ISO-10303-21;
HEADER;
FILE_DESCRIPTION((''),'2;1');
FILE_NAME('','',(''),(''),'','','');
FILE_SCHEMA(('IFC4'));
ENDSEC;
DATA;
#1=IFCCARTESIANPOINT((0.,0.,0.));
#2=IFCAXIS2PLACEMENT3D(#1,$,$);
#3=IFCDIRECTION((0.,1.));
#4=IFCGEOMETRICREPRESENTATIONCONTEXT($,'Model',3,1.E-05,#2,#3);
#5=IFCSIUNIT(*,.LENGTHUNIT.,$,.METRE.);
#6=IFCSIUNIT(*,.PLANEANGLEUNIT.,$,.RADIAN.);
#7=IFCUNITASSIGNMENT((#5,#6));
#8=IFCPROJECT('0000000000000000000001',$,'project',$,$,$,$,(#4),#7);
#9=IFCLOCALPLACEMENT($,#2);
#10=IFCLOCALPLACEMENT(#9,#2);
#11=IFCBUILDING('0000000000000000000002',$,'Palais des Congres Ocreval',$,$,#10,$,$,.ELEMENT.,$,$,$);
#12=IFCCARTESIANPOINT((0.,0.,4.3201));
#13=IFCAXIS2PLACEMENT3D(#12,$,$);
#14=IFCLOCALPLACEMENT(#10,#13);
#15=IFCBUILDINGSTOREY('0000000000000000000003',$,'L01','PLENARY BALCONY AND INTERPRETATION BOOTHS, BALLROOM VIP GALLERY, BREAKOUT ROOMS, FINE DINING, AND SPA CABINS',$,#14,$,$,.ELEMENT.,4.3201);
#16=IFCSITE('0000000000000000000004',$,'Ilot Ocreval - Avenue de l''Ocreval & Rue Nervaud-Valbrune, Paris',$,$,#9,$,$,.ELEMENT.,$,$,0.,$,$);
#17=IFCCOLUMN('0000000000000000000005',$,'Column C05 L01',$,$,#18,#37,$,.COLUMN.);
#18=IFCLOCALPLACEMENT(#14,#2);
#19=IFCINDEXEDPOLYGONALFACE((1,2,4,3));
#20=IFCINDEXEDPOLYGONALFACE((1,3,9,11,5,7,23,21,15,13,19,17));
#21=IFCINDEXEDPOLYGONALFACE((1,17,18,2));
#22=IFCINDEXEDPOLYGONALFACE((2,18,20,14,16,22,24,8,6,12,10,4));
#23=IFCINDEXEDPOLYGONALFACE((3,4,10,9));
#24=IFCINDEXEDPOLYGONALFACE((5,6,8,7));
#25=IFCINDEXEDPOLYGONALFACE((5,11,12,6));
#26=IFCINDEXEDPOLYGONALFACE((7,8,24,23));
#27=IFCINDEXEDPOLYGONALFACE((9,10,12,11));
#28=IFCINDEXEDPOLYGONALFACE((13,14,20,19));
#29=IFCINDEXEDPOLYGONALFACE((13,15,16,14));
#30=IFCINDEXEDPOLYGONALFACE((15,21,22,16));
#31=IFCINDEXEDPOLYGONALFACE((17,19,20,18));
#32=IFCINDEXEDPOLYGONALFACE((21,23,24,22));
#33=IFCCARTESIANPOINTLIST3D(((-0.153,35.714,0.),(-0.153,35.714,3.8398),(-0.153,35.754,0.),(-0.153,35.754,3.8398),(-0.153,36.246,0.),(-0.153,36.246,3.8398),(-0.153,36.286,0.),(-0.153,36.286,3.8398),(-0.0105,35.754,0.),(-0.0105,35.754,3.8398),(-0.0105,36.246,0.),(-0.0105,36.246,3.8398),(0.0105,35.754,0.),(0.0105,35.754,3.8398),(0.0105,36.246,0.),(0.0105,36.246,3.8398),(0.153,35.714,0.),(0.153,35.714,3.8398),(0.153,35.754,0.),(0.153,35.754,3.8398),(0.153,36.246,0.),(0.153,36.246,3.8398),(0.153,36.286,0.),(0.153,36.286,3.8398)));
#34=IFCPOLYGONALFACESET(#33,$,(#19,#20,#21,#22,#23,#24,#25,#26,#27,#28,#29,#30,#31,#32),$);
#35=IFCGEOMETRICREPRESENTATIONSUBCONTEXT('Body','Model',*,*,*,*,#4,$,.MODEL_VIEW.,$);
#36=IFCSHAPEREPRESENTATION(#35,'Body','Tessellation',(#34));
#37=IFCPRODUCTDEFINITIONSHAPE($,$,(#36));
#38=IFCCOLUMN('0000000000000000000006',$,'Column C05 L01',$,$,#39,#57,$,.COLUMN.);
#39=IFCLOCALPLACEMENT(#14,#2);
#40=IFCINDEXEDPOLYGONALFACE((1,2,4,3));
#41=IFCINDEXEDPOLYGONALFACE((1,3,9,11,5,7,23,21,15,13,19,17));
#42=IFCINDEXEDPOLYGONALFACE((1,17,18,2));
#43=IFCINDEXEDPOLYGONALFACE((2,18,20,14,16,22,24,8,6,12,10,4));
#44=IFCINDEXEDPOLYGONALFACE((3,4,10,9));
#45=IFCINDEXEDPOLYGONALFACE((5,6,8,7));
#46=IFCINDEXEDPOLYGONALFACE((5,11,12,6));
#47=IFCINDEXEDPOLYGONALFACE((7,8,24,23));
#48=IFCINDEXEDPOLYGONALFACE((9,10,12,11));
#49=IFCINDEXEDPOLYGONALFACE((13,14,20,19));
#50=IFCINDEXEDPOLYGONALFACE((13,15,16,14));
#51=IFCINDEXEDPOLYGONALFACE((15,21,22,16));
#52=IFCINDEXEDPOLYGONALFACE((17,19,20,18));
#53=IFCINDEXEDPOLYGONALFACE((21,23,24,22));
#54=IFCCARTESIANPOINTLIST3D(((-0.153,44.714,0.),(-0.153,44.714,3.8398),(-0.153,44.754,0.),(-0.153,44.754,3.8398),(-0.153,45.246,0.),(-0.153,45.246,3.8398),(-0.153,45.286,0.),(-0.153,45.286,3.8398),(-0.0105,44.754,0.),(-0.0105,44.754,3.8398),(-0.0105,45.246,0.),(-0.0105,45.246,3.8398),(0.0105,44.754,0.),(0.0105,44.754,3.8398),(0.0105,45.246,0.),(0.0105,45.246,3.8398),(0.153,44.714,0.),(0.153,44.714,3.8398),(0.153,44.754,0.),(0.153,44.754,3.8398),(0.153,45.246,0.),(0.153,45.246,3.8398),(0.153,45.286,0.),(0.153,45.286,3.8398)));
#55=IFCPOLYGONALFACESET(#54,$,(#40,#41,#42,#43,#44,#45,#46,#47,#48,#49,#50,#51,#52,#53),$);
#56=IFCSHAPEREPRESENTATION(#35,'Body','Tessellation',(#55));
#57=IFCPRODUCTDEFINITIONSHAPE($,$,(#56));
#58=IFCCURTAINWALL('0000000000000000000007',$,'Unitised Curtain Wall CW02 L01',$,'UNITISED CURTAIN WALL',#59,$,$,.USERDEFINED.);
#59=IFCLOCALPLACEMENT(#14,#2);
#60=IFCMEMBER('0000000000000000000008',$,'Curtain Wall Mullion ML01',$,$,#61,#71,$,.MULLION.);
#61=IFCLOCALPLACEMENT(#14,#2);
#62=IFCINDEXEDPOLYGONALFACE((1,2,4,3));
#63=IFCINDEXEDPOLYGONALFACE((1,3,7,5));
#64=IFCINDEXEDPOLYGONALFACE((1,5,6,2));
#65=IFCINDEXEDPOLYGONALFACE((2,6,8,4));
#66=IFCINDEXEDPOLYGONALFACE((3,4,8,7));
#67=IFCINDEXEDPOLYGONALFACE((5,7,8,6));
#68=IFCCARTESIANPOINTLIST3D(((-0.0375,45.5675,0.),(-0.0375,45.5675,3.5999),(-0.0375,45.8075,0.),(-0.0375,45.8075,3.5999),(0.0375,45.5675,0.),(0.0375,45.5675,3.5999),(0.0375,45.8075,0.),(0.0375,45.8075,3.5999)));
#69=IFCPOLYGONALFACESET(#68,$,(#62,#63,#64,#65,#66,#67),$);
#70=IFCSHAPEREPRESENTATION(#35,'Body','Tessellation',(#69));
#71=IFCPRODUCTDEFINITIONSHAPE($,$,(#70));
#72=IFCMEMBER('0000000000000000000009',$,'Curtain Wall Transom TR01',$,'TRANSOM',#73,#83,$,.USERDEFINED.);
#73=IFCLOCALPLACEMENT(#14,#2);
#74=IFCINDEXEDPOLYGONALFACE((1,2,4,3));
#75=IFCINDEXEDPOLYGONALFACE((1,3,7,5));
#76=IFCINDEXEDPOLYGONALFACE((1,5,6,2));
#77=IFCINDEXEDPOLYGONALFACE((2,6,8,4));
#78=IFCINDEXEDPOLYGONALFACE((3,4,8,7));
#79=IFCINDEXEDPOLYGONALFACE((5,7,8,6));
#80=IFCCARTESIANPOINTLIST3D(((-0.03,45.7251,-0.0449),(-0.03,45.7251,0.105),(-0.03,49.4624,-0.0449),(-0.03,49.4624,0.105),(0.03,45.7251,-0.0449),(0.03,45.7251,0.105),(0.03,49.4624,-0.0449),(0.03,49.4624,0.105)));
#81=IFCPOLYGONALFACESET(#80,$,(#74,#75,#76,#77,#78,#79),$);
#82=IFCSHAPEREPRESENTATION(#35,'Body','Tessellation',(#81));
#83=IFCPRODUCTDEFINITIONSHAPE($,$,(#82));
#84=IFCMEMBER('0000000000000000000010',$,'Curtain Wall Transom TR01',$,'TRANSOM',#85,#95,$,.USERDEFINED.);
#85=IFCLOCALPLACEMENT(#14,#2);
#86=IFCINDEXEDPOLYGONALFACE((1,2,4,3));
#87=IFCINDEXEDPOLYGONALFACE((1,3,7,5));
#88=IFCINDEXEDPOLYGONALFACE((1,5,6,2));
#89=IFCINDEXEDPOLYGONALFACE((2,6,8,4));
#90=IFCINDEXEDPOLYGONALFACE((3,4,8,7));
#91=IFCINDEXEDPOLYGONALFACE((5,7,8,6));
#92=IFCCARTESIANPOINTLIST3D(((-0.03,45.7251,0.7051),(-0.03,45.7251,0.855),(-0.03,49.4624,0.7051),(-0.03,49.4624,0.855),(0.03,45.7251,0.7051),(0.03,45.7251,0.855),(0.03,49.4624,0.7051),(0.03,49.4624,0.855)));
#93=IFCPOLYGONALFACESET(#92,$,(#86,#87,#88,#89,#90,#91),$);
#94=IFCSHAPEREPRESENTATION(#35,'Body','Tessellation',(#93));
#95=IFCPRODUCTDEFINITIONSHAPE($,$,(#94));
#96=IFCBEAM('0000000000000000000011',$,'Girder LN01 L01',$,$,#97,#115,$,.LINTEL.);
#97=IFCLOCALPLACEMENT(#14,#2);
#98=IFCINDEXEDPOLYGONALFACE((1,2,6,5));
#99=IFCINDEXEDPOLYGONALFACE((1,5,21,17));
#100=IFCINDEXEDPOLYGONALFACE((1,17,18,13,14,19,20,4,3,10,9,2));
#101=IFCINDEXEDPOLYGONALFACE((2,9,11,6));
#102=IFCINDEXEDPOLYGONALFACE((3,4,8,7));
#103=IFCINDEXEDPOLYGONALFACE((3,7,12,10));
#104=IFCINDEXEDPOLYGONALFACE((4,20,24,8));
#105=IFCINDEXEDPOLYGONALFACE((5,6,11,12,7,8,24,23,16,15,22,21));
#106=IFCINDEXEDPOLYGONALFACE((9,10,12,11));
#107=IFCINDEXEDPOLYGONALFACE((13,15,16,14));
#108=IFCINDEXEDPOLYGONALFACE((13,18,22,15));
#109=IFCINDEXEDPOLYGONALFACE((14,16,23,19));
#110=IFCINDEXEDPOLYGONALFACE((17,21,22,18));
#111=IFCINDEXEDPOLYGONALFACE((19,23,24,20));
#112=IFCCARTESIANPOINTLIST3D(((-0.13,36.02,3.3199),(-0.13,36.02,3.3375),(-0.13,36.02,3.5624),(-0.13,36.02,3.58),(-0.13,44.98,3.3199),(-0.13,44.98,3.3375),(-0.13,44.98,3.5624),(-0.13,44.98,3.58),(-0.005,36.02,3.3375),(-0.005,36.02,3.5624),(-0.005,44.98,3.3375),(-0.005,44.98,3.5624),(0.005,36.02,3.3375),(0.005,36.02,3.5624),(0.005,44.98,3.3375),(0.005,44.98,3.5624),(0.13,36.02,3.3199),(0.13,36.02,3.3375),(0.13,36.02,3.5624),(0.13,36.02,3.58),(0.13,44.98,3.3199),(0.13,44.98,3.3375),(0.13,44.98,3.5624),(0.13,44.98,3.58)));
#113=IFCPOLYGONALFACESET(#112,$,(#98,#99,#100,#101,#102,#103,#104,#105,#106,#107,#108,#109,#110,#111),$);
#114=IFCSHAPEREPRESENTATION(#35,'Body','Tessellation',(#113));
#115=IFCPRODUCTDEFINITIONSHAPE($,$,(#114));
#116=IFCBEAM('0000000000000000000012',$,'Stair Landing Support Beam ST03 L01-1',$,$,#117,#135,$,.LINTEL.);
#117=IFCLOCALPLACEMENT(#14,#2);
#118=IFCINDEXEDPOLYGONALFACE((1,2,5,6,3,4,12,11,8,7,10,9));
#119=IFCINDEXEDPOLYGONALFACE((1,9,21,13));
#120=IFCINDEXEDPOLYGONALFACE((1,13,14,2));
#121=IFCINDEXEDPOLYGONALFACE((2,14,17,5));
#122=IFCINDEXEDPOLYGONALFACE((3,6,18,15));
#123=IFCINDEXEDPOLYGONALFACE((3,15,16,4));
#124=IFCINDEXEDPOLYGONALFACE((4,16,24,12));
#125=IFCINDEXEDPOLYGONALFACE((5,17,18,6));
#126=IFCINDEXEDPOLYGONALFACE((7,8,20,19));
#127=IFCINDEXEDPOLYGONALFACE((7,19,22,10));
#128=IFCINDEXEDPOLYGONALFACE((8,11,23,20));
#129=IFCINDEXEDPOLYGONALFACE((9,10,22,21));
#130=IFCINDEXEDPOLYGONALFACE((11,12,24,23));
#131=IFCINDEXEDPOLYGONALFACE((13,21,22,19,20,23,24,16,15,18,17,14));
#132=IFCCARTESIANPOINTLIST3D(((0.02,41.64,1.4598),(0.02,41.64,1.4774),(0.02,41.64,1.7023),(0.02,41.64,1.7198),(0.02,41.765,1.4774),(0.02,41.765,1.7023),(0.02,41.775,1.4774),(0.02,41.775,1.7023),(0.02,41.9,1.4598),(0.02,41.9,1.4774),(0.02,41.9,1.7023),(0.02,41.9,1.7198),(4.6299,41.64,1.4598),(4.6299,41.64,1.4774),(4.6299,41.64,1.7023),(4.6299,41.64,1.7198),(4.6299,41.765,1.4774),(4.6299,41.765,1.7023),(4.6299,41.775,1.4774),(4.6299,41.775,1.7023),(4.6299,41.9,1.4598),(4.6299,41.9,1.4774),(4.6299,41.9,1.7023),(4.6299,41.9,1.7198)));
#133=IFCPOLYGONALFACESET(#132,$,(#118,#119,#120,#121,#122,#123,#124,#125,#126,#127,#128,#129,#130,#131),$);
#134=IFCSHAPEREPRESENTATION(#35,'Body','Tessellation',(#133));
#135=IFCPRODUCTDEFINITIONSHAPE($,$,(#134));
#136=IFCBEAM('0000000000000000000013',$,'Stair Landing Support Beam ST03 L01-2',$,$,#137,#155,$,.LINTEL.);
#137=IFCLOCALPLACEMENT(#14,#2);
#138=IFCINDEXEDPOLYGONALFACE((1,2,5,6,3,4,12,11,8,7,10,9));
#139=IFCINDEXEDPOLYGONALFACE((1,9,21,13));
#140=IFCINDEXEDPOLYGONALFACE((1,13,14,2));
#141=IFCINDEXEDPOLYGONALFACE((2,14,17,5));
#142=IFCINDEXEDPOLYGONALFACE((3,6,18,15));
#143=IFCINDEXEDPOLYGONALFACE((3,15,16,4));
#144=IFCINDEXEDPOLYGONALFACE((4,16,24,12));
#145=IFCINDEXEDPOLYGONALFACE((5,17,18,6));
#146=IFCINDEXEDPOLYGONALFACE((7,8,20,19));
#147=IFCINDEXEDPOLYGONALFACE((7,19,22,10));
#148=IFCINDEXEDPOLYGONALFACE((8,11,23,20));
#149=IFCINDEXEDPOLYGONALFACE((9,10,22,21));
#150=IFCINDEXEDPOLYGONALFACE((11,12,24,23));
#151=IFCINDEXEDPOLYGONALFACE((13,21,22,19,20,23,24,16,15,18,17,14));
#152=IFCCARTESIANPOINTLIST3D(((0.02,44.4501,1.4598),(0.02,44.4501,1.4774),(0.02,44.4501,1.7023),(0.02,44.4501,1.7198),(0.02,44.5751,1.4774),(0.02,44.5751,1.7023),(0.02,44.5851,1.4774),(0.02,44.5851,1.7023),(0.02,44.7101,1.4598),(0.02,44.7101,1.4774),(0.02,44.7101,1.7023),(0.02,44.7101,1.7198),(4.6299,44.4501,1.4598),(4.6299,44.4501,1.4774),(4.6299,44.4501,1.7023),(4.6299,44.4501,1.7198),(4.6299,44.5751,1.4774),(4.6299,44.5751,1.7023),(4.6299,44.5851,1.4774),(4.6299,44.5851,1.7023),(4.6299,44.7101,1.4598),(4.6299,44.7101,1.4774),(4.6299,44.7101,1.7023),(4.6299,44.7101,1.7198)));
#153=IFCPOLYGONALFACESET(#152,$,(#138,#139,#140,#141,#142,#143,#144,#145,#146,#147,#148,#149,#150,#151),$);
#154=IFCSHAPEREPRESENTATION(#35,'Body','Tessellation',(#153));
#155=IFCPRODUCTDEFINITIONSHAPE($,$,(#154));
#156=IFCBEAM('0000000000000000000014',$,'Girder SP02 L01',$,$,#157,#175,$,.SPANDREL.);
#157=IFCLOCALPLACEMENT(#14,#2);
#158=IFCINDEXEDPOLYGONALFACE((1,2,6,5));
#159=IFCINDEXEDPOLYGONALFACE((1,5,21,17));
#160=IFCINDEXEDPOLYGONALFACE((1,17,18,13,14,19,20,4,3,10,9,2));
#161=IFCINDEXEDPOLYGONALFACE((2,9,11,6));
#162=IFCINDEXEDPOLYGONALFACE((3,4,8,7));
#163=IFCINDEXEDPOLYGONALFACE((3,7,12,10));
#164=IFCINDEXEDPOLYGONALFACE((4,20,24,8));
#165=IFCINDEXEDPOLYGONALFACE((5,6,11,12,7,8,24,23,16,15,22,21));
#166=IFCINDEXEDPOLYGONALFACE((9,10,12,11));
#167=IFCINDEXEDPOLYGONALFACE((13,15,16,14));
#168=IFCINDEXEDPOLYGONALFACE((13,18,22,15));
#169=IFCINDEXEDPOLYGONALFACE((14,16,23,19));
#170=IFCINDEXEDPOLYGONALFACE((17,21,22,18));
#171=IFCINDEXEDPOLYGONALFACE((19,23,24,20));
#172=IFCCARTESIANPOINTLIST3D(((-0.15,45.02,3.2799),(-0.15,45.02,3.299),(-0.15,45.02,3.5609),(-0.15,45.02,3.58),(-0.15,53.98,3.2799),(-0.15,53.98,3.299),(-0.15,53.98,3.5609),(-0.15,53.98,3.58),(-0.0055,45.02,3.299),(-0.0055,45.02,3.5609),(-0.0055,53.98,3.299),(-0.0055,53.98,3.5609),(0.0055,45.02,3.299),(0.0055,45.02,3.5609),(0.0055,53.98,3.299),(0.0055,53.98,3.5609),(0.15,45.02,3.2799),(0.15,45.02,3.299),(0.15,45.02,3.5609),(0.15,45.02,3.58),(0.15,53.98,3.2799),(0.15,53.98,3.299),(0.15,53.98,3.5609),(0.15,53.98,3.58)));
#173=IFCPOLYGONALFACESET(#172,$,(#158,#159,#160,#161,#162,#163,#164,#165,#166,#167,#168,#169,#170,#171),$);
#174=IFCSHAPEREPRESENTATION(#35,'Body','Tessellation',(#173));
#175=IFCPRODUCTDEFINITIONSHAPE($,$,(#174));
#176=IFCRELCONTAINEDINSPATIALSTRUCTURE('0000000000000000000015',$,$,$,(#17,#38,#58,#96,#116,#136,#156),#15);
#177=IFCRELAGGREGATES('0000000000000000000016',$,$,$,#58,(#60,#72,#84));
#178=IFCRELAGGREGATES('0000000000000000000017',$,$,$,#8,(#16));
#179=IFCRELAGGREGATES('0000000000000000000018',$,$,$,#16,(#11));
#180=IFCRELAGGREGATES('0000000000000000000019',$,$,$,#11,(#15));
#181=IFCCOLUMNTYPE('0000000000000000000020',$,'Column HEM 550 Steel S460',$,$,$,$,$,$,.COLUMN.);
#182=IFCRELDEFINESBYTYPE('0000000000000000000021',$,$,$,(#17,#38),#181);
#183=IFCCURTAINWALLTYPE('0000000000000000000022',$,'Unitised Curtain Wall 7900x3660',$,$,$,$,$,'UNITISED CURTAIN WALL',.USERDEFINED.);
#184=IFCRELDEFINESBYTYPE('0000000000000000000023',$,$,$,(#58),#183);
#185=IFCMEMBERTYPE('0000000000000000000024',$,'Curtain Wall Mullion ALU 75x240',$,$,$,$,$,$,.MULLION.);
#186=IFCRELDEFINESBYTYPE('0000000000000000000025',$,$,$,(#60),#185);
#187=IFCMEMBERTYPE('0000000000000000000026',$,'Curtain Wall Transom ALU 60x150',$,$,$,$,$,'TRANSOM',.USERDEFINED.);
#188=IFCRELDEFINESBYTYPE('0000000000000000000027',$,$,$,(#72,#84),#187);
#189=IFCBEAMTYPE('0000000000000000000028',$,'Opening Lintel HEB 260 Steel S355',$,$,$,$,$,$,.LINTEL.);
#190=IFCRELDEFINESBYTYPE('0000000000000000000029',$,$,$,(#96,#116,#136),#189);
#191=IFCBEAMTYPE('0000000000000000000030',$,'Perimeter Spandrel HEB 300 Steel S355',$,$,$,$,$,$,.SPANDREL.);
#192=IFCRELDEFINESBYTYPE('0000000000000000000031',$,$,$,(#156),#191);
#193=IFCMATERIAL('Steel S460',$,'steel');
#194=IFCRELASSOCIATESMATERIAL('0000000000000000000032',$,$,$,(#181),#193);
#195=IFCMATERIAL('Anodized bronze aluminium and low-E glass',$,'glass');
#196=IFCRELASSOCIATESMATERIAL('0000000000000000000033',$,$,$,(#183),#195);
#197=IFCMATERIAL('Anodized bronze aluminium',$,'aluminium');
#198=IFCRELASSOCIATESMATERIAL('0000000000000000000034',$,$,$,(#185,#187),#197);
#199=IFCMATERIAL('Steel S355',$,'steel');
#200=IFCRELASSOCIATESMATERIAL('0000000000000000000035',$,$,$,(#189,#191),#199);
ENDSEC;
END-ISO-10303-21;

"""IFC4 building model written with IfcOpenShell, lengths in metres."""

from ifc_helpers import new_model, si_unit, direction, frame, origin, origin_2d, place, context, subcontext, project, spatial, rectangle, i_section, extrude, material, material_profile, profile_set, type_object, element, aggregate, save


model = new_model("IFC4")

# Units and contexts
model_context = context("Model", 3, precision=1e-05, world=origin(), true_north=direction((0.0, 1.0)))
body_context = subcontext(model_context, "Body", "Model", "MODEL_VIEW")
ifc_project = project(units=[si_unit("LENGTHUNIT", "METRE"), si_unit("PLANEANGLEUNIT", "RADIAN")], contexts=[model_context])

# Site, building, storey
site_placement = place(None, origin())
site = spatial("IfcSite", under=ifc_project, at=site_placement, Name="Ilot Ocreval - Avenue de l'Ocreval & Rue Nervaud-Valbrune, Paris", CompositionType="ELEMENT", RefElevation=0.0)
building_placement = place(site_placement, origin())
building = spatial("IfcBuilding", under=site, at=building_placement, Name="Palais des Congres Ocreval", CompositionType="ELEMENT")
storey_placement = place(building_placement, frame((0.0, 0.0, 4.3201)))
storey = spatial("IfcBuildingStorey", under=building, at=storey_placement, Name="L01", Description="PLENARY BALCONY AND INTERPRETATION BOOTHS, BALLROOM VIP GALLERY, BREAKOUT ROOMS, FINE DINING, AND SPA CABINS", CompositionType="ELEMENT", Elevation=4.3201)

# Columns
ifc_material_1 = material(Name="Steel S460", Category="steel")
ifc_material_profile_1 = material_profile(ifc_material_1, i_section(OverallWidth=0.3059, OverallDepth=0.572, WebThickness=0.021, FlangeThickness=0.04, at=origin_2d()), Name="HEM 550")
ifc_profile_set_1 = profile_set([ifc_material_profile_1], Name="Steel S460")
column_type = type_object("IfcColumnType", Name="Column HEM 550 Steel S460", PredefinedType="COLUMN", material=ifc_profile_set_1)
for number, where, z_axis, x_axis, name in (
    (1, (0.0, 36.0, 0.0), (0.0, 0.0, 1.0), (1.0, 0.0, 0.0), "Column C05 L01"),
    (2, (0.0, 45.0, 0.0), (0.0, 0.0, 1.0), (1.0, 0.0, 0.0), "Column C05 L01"),
):
    element("IfcColumn", number, at=place(storey_placement, frame(where, z_axis=z_axis, x_axis=x_axis)), inside=storey, type_object=column_type, Name=name, PredefinedType="COLUMN", context=body_context, shape_type="SweptSolid", body=[
        extrude(i_section(OverallWidth=0.3059, OverallDepth=0.572, WebThickness=0.021, FlangeThickness=0.04, at=origin_2d()), origin(), (0.0, 0.0, 1.0), 3.8398),
    ])

# Curtain wall, members
ifc_material_2 = material(Name="Anodized bronze aluminium and low-E glass", Category="glass")
curtain_wall_type = type_object("IfcCurtainWallType", Name="Unitised Curtain Wall 7900x3660", ElementType="UNITISED CURTAIN WALL", PredefinedType="USERDEFINED", material=ifc_material_2)
curtain_wall_placement = place(storey_placement, origin())
curtain_wall = element("IfcCurtainWall", 3, at=curtain_wall_placement, inside=storey, type_object=curtain_wall_type, Name="Unitised Curtain Wall CW02 L01", ObjectType="UNITISED CURTAIN WALL", PredefinedType="USERDEFINED")
ifc_material_3 = material(Name="Anodized bronze aluminium", Category="aluminium")
ifc_material_profile_2 = material_profile(ifc_material_3, rectangle(XDim=0.075, YDim=0.24, at=origin_2d()), Name="ALU 75x240")
ifc_profile_set_2 = profile_set([ifc_material_profile_2], Name="Anodized bronze aluminium")
member_type_1 = type_object("IfcMemberType", Name="Curtain Wall Mullion ALU 75x240", PredefinedType="MULLION", material=ifc_profile_set_2)
member_1_placement = place(storey_placement, frame((0.0, 45.6875, 0.0), z_axis=(0.0, 0.0, 1.0), x_axis=(-1.0, 0.0, 0.0)))
member_1 = element("IfcMember", 4, at=member_1_placement, type_object=member_type_1, Name="Curtain Wall Mullion ML01", PredefinedType="MULLION", context=body_context, shape_type="SweptSolid", body=[
    extrude(rectangle(XDim=0.075, YDim=0.24, at=origin_2d()), origin(), (0.0, 0.0, 1.0), 3.5999),
])
ifc_material_profile_3 = material_profile(ifc_material_3, rectangle(XDim=0.0601, YDim=0.1499, at=origin_2d()), Name="ALU 60x150")
ifc_profile_set_3 = profile_set([ifc_material_profile_3], Name="Anodized bronze aluminium")
member_type_2 = type_object("IfcMemberType", Name="Curtain Wall Transom ALU 60x150", ElementType="TRANSOM", PredefinedType="USERDEFINED", material=ifc_profile_set_3)
member_2_placement = place(storey_placement, frame((0.0, 45.7251, 0.03), z_axis=(0.0, 1.0, 0.0), x_axis=(-1.0, 0.0, 0.0)))
member_2 = element("IfcMember", 5, at=member_2_placement, type_object=member_type_2, Name="Curtain Wall Transom TR01", ObjectType="TRANSOM", PredefinedType="USERDEFINED", context=body_context, shape_type="SweptSolid", body=[
    extrude(rectangle(XDim=0.0601, YDim=0.1499, at=origin_2d()), origin(), (0.0, 0.0, 1.0), 3.7373),
])
member_3_placement = place(storey_placement, frame((0.0, 45.7251, 0.78), z_axis=(0.0, 1.0, 0.0), x_axis=(-1.0, 0.0, 0.0)))
member_3 = element("IfcMember", 6, at=member_3_placement, type_object=member_type_2, Name="Curtain Wall Transom TR01", ObjectType="TRANSOM", PredefinedType="USERDEFINED", context=body_context, shape_type="SweptSolid", body=[
    extrude(rectangle(XDim=0.0601, YDim=0.1499, at=origin_2d()), origin(), (0.0, 0.0, 1.0), 3.7373),
])
aggregate(curtain_wall, [member_1, member_2, member_3])

# Beams
ifc_material_4 = material(Name="Steel S355", Category="steel")
ifc_material_profile_4 = material_profile(ifc_material_4, i_section(OverallWidth=0.26, OverallDepth=0.26, WebThickness=0.01, FlangeThickness=0.0176, at=origin_2d()), Name="HEB 260")
ifc_profile_set_4 = profile_set([ifc_material_profile_4], Name="Steel S355")
beam_type_1 = type_object("IfcBeamType", Name="Opening Lintel HEB 260 Steel S355", PredefinedType="LINTEL", material=ifc_profile_set_4)
beam_1_placement = place(storey_placement, frame((0.0, 36.02, 3.45), z_axis=(0.0, 1.0, 0.0), x_axis=(-1.0, 0.0, 0.0)))
element("IfcBeam", 7, at=beam_1_placement, inside=storey, type_object=beam_type_1, Name="Girder LN01 L01", PredefinedType="LINTEL", context=body_context, shape_type="SweptSolid", body=[
    extrude(i_section(OverallWidth=0.26, OverallDepth=0.26, WebThickness=0.01, FlangeThickness=0.0176, at=origin_2d()), origin(), (0.0, 0.0, 1.0), 8.96),
])
for number, where, z_axis, x_axis, name in (
    (8, (0.02, 41.77, 1.5898), (1.0, 0.0, 0.0), (0.0, 1.0, 0.0), "Stair Landing Support Beam ST03 L01-1"),
    (9, (0.02, 44.5801, 1.5898), (1.0, 0.0, 0.0), (0.0, 1.0, 0.0), "Stair Landing Support Beam ST03 L01-2"),
):
    element("IfcBeam", number, at=place(storey_placement, frame(where, z_axis=z_axis, x_axis=x_axis)), inside=storey, type_object=beam_type_1, Name=name, PredefinedType="LINTEL", context=body_context, shape_type="SweptSolid", body=[
        extrude(i_section(OverallWidth=0.26, OverallDepth=0.26, WebThickness=0.01, FlangeThickness=0.0176, at=origin_2d()), origin(), (0.0, 0.0, 1.0), 4.6099),
    ])
ifc_material_profile_5 = material_profile(ifc_material_4, i_section(OverallWidth=0.3, OverallDepth=0.3, WebThickness=0.011, FlangeThickness=0.019, at=origin_2d()), Name="HEB 300")
ifc_profile_set_5 = profile_set([ifc_material_profile_5], Name="Steel S355")
beam_type_2 = type_object("IfcBeamType", Name="Perimeter Spandrel HEB 300 Steel S355", PredefinedType="SPANDREL", material=ifc_profile_set_5)
beam_2_placement = place(storey_placement, frame((0.0, 45.02, 3.4299), z_axis=(0.0, 1.0, 0.0), x_axis=(-1.0, 0.0, 0.0)))
element("IfcBeam", 10, at=beam_2_placement, inside=storey, type_object=beam_type_2, Name="Girder SP02 L01", PredefinedType="SPANDREL", context=body_context, shape_type="SweptSolid", body=[
    extrude(i_section(OverallWidth=0.3, OverallDepth=0.3, WebThickness=0.011, FlangeThickness=0.019, at=origin_2d()), origin(), (0.0, 0.0, 1.0), 8.96),
])

save(model, "model.ifc")
